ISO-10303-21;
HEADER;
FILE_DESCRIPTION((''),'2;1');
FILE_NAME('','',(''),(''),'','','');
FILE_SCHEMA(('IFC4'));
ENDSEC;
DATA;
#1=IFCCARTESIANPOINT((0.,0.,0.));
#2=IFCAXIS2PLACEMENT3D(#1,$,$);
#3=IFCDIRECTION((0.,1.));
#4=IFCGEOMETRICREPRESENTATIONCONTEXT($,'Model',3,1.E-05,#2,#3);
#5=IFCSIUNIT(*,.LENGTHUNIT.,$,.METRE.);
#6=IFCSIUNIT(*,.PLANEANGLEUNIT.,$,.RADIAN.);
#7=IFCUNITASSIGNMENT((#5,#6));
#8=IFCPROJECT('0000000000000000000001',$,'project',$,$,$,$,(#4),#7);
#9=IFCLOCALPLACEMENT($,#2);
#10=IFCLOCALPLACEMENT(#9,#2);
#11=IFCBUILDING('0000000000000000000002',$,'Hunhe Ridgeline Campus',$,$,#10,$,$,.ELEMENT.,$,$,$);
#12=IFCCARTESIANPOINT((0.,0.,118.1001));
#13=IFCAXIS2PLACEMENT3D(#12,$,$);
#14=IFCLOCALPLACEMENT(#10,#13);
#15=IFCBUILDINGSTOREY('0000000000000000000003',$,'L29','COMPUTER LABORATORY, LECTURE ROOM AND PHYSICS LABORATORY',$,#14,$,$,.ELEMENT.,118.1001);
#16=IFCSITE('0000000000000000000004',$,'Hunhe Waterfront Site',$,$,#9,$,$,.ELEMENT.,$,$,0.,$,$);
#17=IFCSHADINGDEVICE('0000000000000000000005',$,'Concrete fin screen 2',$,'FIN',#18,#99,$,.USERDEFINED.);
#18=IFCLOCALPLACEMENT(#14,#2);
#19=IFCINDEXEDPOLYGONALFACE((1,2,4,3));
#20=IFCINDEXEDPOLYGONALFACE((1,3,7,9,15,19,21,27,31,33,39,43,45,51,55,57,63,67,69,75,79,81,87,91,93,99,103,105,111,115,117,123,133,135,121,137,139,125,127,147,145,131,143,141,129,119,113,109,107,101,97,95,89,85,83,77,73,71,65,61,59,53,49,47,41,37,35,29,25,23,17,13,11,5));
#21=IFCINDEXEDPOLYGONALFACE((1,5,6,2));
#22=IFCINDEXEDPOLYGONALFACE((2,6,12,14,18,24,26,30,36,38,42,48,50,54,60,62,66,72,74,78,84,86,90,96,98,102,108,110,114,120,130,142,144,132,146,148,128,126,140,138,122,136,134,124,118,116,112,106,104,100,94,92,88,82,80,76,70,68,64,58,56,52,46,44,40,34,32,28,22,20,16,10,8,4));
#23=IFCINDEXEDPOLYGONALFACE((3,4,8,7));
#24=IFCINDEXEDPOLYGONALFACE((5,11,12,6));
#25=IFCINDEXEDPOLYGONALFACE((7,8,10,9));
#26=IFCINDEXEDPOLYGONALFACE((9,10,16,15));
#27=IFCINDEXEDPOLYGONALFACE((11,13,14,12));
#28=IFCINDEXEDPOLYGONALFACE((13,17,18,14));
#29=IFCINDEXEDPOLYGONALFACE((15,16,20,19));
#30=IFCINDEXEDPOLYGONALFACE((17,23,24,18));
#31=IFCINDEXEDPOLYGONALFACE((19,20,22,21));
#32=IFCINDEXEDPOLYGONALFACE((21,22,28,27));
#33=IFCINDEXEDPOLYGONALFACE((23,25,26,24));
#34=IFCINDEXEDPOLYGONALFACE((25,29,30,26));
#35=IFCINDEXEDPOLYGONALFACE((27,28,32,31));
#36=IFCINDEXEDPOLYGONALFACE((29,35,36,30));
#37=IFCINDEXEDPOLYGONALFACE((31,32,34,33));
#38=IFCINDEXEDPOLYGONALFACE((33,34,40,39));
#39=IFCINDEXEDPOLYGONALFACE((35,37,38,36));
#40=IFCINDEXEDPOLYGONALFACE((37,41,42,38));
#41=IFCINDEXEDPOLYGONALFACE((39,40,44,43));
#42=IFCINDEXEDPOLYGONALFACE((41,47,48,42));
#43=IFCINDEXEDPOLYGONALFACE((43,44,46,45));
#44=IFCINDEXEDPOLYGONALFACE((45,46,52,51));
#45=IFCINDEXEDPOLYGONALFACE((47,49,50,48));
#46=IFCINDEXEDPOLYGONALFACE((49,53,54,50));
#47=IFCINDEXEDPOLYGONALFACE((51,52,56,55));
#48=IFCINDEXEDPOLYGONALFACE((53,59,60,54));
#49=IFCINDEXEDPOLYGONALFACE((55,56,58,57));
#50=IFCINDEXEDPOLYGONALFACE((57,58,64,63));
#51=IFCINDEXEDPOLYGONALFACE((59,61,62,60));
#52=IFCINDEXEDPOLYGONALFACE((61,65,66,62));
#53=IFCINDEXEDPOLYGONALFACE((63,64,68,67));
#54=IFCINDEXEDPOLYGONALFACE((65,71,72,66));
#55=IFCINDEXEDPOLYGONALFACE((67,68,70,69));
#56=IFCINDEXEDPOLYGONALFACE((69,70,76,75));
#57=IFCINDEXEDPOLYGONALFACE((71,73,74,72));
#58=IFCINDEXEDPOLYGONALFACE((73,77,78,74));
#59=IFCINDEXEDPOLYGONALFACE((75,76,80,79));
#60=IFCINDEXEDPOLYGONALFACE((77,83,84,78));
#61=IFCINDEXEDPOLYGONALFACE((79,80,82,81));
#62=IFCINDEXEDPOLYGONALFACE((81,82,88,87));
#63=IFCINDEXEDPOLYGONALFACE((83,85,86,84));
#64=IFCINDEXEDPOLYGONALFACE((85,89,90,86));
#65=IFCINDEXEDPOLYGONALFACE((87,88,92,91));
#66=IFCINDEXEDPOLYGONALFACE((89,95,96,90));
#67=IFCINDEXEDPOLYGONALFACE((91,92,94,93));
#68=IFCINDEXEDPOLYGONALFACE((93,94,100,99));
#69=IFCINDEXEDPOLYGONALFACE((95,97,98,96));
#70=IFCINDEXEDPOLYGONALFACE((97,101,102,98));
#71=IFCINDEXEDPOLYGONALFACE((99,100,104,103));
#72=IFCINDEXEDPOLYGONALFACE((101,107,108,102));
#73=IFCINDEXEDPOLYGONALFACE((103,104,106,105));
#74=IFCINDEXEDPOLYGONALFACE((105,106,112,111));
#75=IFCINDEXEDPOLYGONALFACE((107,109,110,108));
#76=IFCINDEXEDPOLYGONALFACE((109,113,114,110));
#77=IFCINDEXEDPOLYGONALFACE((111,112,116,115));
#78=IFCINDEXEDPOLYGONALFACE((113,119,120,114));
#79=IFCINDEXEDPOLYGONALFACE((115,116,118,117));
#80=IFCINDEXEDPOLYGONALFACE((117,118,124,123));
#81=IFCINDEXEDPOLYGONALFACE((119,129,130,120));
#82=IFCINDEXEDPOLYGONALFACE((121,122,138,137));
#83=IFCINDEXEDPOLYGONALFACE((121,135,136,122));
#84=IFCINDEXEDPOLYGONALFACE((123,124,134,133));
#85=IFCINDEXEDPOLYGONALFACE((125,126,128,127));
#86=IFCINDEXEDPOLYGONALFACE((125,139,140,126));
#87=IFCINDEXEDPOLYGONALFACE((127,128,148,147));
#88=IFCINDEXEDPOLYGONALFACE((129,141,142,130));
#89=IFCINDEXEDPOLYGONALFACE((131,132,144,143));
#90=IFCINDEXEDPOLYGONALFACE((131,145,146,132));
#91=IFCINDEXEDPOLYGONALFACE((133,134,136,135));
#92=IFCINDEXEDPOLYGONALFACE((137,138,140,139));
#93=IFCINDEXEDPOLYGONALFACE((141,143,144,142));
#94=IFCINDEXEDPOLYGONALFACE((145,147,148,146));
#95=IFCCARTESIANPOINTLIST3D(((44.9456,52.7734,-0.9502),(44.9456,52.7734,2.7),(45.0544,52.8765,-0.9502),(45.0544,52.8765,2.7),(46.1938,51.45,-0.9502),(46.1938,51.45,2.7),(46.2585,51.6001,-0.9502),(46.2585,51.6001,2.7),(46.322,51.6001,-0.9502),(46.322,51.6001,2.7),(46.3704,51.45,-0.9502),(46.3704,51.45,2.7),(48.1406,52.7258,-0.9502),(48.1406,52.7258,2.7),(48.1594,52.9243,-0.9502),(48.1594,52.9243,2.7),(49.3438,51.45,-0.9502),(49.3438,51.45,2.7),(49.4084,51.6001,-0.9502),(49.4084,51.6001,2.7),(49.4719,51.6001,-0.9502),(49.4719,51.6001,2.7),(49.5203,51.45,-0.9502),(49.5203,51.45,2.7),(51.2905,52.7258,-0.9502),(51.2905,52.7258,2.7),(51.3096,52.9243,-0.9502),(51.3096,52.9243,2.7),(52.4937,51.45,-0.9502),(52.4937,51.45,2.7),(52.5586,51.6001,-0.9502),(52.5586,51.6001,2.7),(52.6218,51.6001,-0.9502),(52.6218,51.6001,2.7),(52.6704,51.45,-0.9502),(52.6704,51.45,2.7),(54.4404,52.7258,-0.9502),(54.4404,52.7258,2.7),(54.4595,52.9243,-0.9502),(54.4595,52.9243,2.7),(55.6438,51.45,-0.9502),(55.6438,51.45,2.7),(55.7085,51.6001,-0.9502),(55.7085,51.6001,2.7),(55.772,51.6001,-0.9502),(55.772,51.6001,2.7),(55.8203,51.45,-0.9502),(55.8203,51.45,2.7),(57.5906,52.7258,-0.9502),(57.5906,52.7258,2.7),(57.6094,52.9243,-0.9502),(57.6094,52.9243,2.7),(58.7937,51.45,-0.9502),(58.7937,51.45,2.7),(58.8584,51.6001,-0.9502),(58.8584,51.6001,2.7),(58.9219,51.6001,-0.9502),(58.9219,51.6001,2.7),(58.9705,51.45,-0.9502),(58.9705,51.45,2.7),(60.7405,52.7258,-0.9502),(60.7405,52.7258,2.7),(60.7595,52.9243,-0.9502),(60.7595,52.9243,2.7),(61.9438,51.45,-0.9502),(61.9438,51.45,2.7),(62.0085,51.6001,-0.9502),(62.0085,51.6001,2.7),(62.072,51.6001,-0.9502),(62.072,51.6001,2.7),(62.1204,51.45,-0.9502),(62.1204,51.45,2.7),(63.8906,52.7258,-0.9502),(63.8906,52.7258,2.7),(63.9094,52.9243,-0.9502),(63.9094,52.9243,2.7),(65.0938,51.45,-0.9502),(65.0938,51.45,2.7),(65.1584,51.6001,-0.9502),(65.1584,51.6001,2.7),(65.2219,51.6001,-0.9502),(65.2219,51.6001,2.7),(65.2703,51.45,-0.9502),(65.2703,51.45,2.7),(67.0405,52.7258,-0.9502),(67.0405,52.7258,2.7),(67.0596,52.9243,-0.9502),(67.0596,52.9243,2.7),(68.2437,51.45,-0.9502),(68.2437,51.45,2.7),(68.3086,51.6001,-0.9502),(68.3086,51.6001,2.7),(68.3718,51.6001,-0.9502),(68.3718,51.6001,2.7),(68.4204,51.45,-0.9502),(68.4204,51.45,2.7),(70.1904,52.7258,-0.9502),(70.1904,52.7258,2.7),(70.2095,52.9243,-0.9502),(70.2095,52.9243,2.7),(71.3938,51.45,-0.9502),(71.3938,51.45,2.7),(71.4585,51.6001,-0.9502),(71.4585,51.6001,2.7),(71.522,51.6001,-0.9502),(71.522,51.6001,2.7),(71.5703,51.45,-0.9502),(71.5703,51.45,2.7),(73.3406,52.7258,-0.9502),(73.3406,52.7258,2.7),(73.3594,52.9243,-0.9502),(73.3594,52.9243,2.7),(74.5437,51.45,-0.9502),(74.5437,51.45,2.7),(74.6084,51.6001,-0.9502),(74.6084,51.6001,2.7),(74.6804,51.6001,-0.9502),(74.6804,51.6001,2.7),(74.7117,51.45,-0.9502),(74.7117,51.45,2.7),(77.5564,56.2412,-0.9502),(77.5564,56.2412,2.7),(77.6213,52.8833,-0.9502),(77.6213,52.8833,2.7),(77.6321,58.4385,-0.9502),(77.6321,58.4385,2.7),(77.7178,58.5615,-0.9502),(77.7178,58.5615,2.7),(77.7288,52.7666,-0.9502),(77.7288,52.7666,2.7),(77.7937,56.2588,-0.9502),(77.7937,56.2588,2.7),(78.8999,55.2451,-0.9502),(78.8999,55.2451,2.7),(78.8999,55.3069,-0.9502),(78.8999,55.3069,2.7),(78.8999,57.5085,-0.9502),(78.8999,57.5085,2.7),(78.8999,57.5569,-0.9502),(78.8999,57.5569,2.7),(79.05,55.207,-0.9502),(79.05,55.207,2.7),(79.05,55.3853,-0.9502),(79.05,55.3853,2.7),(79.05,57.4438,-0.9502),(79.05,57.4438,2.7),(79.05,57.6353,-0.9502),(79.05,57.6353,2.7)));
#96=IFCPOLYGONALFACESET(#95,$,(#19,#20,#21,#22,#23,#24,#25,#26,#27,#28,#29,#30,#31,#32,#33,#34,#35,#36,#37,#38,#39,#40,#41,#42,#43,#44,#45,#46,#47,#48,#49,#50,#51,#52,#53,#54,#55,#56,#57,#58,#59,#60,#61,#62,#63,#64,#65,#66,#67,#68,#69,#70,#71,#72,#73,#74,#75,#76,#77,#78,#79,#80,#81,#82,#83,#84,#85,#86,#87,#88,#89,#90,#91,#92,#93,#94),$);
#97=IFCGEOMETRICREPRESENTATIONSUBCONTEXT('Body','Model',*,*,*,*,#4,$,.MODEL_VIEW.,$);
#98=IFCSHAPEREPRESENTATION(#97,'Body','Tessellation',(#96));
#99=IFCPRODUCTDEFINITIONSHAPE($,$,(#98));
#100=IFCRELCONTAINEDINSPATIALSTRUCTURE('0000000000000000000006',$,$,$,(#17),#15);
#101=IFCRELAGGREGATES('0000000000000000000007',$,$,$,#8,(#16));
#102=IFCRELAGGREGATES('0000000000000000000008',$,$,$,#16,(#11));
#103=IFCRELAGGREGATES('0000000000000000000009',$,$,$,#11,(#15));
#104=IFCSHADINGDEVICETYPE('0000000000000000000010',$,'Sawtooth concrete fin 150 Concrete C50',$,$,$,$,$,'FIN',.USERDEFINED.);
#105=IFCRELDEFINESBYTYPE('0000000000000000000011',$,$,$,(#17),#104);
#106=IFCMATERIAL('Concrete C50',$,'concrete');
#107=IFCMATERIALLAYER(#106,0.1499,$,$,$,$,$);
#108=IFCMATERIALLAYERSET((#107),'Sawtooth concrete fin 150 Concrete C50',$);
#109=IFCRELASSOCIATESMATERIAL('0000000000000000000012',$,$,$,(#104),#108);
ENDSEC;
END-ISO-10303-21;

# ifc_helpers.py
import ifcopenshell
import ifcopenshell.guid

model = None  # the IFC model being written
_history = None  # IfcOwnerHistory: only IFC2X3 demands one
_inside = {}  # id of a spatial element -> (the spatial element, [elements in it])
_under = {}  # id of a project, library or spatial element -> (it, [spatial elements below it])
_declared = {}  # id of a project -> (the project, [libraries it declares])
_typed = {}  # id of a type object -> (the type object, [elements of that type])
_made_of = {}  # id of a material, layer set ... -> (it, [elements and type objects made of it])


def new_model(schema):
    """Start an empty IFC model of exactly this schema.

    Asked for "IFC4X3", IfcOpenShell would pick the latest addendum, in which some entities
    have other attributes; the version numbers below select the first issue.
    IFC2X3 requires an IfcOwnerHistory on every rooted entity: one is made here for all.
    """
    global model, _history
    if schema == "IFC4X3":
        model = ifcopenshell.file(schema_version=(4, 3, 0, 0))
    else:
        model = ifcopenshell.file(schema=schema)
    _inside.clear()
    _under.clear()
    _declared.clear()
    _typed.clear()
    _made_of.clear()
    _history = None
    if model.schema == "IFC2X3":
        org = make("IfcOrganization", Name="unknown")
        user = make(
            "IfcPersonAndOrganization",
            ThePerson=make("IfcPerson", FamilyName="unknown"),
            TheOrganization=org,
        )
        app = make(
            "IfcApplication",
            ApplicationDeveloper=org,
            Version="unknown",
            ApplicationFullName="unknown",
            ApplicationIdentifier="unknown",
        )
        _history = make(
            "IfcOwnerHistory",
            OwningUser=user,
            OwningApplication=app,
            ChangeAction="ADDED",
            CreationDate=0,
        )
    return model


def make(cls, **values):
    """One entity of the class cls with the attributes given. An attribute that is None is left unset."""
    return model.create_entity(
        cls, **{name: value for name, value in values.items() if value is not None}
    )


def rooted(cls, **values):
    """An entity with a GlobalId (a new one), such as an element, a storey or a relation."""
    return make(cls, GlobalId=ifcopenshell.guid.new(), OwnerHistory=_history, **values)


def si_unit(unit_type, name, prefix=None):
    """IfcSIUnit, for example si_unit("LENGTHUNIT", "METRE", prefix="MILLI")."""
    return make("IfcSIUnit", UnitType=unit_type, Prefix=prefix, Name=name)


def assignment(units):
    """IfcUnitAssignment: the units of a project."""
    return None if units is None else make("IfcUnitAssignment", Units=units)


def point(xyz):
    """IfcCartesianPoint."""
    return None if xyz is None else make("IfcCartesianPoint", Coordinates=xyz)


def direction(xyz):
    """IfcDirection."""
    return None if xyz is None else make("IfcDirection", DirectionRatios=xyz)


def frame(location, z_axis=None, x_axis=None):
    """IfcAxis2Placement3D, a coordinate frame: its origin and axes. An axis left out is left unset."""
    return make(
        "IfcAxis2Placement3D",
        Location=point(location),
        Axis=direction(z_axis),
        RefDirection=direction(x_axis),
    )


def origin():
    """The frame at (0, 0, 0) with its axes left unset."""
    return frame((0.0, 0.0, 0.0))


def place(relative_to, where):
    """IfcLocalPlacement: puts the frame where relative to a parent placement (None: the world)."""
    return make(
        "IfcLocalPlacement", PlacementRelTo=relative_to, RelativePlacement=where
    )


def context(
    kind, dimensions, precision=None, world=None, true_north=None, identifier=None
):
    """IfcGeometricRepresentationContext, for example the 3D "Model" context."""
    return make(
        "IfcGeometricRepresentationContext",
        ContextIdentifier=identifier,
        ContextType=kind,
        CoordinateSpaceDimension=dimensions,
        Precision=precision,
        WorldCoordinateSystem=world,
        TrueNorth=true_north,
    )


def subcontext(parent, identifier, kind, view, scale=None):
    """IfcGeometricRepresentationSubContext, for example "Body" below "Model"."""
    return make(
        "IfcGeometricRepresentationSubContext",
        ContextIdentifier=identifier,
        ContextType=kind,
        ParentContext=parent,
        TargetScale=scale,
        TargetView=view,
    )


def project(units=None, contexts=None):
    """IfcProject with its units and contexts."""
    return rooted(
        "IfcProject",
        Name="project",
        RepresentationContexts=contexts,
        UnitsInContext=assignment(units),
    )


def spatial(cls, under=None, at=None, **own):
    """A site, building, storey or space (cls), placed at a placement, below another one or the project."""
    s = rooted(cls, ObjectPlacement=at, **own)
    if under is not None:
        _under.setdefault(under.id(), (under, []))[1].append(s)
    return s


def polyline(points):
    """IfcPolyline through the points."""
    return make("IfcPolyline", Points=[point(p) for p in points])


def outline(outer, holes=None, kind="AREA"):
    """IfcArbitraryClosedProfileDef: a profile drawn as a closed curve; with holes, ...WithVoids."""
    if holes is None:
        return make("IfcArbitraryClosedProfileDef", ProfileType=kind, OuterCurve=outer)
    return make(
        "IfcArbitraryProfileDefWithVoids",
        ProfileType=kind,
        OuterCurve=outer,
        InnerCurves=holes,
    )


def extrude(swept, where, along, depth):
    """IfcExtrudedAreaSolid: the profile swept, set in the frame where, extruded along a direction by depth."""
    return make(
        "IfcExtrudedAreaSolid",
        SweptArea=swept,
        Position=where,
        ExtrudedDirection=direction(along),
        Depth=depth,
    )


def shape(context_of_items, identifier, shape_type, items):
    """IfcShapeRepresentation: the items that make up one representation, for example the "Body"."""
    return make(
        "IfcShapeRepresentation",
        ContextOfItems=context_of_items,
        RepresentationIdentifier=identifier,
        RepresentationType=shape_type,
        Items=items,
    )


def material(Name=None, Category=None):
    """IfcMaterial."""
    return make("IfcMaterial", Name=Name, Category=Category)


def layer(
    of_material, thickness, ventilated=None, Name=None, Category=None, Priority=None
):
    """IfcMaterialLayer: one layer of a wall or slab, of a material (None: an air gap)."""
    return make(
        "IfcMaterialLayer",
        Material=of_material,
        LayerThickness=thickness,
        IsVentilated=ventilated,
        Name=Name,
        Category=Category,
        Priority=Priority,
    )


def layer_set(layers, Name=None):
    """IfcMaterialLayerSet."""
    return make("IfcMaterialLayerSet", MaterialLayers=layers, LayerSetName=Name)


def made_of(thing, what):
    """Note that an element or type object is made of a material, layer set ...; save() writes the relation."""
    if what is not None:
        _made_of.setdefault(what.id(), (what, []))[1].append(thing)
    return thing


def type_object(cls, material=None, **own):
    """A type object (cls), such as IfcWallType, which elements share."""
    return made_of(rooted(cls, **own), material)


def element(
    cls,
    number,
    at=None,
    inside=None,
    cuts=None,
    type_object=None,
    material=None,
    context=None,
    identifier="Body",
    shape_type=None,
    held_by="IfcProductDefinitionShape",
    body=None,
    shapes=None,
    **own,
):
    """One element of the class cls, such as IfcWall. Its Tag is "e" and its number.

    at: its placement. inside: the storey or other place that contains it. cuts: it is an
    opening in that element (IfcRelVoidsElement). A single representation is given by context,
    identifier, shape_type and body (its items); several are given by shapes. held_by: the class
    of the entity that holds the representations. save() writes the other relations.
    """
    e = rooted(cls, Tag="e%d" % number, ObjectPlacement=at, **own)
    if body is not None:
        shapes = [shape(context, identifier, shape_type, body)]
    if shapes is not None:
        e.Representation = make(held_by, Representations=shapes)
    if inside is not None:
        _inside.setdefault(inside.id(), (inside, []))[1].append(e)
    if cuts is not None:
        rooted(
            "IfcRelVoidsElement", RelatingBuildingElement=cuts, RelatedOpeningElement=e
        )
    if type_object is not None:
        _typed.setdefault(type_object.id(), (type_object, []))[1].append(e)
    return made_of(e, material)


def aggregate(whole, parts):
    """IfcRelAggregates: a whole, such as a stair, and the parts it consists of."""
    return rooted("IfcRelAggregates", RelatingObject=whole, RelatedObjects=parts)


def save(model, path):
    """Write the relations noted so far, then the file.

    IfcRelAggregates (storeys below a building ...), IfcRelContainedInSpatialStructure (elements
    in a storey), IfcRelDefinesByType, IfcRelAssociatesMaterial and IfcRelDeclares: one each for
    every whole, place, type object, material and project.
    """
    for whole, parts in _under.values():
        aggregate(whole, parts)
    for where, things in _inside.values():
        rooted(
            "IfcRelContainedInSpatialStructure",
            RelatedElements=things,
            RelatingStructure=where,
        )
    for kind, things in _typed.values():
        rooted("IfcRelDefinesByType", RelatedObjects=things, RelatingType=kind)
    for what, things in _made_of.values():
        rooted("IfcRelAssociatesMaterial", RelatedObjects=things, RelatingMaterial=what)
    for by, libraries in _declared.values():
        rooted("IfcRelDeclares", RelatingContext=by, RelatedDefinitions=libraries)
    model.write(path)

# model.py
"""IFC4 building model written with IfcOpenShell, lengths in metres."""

from ifc_helpers import new_model, si_unit, direction, frame, origin, place, context, subcontext, project, spatial, polyline, outline, extrude, material, layer, layer_set, type_object, element, save


model = new_model("IFC4")

# Units and contexts
model_context = context("Model", 3, precision=1e-05, world=origin(), true_north=direction((0.0, 1.0)))
body_context = subcontext(model_context, "Body", "Model", "MODEL_VIEW")
ifc_project = project(units=[si_unit("LENGTHUNIT", "METRE"), si_unit("PLANEANGLEUNIT", "RADIAN")], contexts=[model_context])

# Site, building, storey
site_placement = place(None, origin())
site = spatial("IfcSite", under=ifc_project, at=site_placement, Name="Hunhe Waterfront Site", CompositionType="ELEMENT", RefElevation=0.0)
building_placement = place(site_placement, origin())
building = spatial("IfcBuilding", under=site, at=building_placement, Name="Hunhe Ridgeline Campus", CompositionType="ELEMENT")
storey_placement = place(building_placement, frame((0.0, 0.0, 118.1001)))
storey = spatial("IfcBuildingStorey", under=building, at=storey_placement, Name="L29", Description="COMPUTER LABORATORY, LECTURE ROOM AND PHYSICS LABORATORY", CompositionType="ELEMENT", Elevation=118.1001)

# Shading device
ifc_material_1 = material(Name="Concrete C50", Category="concrete")
ifc_layer_1 = layer(ifc_material_1, 0.1499)
ifc_layer_set_1 = layer_set([ifc_layer_1], Name="Sawtooth concrete fin 150 Concrete C50")
shading_device_type = type_object("IfcShadingDeviceType", Name="Sawtooth concrete fin 150 Concrete C50", ElementType="FIN", PredefinedType="USERDEFINED", material=ifc_layer_set_1)
shading_device_1_placement = place(storey_placement, frame((0.0, 0.0, -0.9502)))
element("IfcShadingDevice", 1, at=shading_device_1_placement, inside=storey, type_object=shading_device_type, Name="Concrete fin screen 2", ObjectType="FIN", PredefinedType="USERDEFINED", context=body_context, shape_type="SweptSolid", body=[
    extrude(outline(polyline([(45.0544, 52.8765), (44.9456, 52.7734), (46.1938, 51.45), (46.3704, 51.45), (48.1406, 52.7258), (49.3438, 51.45), (49.5203, 51.45), (51.2905, 52.7258), (52.4937, 51.45), (52.6704, 51.45), (54.4404, 52.7258), (55.6438, 51.45), (55.8203, 51.45), (57.5906, 52.7258), (58.7937, 51.45), (58.9705, 51.45), (60.7405, 52.7258), (61.9438, 51.45), (62.1204, 51.45), (63.8906, 52.7258), (65.0938, 51.45), (65.2703, 51.45), (67.0405, 52.7258), (68.2437, 51.45), (68.4204, 51.45), (70.1904, 52.7258), (71.3938, 51.45), (71.5703, 51.45), (73.3406, 52.7258), (74.5437, 51.45), (74.7117, 51.45), (77.7288, 52.7666), (79.05, 55.207), (79.05, 55.3853), (77.7937, 56.2588), (79.05, 57.4438), (79.05, 57.6353), (77.7178, 58.5615), (77.6321, 58.4385), (78.8999, 57.5569), (78.8999, 57.5085), (77.5564, 56.2412), (78.8999, 55.3069), (78.8999, 55.2451), (77.6213, 52.8833), (74.6804, 51.6001), (74.6084, 51.6001), (73.3594, 52.9243), (71.522, 51.6001), (71.4585, 51.6001), (70.2095, 52.9243), (68.3718, 51.6001), (68.3086, 51.6001), (67.0596, 52.9243), (65.2219, 51.6001), (65.1584, 51.6001), (63.9094, 52.9243), (62.072, 51.6001), (62.0085, 51.6001), (60.7595, 52.9243), (58.9219, 51.6001), (58.8584, 51.6001), (57.6094, 52.9243), (55.772, 51.6001), (55.7085, 51.6001), (54.4595, 52.9243), (52.6218, 51.6001), (52.5586, 51.6001), (51.3096, 52.9243), (49.4719, 51.6001), (49.4084, 51.6001), (48.1594, 52.9243), (46.322, 51.6001), (46.2585, 51.6001), (45.0544, 52.8765)])), origin(), (0.0, 0.0, 1.0), 3.6501),
])

save(model, "model.ifc")
